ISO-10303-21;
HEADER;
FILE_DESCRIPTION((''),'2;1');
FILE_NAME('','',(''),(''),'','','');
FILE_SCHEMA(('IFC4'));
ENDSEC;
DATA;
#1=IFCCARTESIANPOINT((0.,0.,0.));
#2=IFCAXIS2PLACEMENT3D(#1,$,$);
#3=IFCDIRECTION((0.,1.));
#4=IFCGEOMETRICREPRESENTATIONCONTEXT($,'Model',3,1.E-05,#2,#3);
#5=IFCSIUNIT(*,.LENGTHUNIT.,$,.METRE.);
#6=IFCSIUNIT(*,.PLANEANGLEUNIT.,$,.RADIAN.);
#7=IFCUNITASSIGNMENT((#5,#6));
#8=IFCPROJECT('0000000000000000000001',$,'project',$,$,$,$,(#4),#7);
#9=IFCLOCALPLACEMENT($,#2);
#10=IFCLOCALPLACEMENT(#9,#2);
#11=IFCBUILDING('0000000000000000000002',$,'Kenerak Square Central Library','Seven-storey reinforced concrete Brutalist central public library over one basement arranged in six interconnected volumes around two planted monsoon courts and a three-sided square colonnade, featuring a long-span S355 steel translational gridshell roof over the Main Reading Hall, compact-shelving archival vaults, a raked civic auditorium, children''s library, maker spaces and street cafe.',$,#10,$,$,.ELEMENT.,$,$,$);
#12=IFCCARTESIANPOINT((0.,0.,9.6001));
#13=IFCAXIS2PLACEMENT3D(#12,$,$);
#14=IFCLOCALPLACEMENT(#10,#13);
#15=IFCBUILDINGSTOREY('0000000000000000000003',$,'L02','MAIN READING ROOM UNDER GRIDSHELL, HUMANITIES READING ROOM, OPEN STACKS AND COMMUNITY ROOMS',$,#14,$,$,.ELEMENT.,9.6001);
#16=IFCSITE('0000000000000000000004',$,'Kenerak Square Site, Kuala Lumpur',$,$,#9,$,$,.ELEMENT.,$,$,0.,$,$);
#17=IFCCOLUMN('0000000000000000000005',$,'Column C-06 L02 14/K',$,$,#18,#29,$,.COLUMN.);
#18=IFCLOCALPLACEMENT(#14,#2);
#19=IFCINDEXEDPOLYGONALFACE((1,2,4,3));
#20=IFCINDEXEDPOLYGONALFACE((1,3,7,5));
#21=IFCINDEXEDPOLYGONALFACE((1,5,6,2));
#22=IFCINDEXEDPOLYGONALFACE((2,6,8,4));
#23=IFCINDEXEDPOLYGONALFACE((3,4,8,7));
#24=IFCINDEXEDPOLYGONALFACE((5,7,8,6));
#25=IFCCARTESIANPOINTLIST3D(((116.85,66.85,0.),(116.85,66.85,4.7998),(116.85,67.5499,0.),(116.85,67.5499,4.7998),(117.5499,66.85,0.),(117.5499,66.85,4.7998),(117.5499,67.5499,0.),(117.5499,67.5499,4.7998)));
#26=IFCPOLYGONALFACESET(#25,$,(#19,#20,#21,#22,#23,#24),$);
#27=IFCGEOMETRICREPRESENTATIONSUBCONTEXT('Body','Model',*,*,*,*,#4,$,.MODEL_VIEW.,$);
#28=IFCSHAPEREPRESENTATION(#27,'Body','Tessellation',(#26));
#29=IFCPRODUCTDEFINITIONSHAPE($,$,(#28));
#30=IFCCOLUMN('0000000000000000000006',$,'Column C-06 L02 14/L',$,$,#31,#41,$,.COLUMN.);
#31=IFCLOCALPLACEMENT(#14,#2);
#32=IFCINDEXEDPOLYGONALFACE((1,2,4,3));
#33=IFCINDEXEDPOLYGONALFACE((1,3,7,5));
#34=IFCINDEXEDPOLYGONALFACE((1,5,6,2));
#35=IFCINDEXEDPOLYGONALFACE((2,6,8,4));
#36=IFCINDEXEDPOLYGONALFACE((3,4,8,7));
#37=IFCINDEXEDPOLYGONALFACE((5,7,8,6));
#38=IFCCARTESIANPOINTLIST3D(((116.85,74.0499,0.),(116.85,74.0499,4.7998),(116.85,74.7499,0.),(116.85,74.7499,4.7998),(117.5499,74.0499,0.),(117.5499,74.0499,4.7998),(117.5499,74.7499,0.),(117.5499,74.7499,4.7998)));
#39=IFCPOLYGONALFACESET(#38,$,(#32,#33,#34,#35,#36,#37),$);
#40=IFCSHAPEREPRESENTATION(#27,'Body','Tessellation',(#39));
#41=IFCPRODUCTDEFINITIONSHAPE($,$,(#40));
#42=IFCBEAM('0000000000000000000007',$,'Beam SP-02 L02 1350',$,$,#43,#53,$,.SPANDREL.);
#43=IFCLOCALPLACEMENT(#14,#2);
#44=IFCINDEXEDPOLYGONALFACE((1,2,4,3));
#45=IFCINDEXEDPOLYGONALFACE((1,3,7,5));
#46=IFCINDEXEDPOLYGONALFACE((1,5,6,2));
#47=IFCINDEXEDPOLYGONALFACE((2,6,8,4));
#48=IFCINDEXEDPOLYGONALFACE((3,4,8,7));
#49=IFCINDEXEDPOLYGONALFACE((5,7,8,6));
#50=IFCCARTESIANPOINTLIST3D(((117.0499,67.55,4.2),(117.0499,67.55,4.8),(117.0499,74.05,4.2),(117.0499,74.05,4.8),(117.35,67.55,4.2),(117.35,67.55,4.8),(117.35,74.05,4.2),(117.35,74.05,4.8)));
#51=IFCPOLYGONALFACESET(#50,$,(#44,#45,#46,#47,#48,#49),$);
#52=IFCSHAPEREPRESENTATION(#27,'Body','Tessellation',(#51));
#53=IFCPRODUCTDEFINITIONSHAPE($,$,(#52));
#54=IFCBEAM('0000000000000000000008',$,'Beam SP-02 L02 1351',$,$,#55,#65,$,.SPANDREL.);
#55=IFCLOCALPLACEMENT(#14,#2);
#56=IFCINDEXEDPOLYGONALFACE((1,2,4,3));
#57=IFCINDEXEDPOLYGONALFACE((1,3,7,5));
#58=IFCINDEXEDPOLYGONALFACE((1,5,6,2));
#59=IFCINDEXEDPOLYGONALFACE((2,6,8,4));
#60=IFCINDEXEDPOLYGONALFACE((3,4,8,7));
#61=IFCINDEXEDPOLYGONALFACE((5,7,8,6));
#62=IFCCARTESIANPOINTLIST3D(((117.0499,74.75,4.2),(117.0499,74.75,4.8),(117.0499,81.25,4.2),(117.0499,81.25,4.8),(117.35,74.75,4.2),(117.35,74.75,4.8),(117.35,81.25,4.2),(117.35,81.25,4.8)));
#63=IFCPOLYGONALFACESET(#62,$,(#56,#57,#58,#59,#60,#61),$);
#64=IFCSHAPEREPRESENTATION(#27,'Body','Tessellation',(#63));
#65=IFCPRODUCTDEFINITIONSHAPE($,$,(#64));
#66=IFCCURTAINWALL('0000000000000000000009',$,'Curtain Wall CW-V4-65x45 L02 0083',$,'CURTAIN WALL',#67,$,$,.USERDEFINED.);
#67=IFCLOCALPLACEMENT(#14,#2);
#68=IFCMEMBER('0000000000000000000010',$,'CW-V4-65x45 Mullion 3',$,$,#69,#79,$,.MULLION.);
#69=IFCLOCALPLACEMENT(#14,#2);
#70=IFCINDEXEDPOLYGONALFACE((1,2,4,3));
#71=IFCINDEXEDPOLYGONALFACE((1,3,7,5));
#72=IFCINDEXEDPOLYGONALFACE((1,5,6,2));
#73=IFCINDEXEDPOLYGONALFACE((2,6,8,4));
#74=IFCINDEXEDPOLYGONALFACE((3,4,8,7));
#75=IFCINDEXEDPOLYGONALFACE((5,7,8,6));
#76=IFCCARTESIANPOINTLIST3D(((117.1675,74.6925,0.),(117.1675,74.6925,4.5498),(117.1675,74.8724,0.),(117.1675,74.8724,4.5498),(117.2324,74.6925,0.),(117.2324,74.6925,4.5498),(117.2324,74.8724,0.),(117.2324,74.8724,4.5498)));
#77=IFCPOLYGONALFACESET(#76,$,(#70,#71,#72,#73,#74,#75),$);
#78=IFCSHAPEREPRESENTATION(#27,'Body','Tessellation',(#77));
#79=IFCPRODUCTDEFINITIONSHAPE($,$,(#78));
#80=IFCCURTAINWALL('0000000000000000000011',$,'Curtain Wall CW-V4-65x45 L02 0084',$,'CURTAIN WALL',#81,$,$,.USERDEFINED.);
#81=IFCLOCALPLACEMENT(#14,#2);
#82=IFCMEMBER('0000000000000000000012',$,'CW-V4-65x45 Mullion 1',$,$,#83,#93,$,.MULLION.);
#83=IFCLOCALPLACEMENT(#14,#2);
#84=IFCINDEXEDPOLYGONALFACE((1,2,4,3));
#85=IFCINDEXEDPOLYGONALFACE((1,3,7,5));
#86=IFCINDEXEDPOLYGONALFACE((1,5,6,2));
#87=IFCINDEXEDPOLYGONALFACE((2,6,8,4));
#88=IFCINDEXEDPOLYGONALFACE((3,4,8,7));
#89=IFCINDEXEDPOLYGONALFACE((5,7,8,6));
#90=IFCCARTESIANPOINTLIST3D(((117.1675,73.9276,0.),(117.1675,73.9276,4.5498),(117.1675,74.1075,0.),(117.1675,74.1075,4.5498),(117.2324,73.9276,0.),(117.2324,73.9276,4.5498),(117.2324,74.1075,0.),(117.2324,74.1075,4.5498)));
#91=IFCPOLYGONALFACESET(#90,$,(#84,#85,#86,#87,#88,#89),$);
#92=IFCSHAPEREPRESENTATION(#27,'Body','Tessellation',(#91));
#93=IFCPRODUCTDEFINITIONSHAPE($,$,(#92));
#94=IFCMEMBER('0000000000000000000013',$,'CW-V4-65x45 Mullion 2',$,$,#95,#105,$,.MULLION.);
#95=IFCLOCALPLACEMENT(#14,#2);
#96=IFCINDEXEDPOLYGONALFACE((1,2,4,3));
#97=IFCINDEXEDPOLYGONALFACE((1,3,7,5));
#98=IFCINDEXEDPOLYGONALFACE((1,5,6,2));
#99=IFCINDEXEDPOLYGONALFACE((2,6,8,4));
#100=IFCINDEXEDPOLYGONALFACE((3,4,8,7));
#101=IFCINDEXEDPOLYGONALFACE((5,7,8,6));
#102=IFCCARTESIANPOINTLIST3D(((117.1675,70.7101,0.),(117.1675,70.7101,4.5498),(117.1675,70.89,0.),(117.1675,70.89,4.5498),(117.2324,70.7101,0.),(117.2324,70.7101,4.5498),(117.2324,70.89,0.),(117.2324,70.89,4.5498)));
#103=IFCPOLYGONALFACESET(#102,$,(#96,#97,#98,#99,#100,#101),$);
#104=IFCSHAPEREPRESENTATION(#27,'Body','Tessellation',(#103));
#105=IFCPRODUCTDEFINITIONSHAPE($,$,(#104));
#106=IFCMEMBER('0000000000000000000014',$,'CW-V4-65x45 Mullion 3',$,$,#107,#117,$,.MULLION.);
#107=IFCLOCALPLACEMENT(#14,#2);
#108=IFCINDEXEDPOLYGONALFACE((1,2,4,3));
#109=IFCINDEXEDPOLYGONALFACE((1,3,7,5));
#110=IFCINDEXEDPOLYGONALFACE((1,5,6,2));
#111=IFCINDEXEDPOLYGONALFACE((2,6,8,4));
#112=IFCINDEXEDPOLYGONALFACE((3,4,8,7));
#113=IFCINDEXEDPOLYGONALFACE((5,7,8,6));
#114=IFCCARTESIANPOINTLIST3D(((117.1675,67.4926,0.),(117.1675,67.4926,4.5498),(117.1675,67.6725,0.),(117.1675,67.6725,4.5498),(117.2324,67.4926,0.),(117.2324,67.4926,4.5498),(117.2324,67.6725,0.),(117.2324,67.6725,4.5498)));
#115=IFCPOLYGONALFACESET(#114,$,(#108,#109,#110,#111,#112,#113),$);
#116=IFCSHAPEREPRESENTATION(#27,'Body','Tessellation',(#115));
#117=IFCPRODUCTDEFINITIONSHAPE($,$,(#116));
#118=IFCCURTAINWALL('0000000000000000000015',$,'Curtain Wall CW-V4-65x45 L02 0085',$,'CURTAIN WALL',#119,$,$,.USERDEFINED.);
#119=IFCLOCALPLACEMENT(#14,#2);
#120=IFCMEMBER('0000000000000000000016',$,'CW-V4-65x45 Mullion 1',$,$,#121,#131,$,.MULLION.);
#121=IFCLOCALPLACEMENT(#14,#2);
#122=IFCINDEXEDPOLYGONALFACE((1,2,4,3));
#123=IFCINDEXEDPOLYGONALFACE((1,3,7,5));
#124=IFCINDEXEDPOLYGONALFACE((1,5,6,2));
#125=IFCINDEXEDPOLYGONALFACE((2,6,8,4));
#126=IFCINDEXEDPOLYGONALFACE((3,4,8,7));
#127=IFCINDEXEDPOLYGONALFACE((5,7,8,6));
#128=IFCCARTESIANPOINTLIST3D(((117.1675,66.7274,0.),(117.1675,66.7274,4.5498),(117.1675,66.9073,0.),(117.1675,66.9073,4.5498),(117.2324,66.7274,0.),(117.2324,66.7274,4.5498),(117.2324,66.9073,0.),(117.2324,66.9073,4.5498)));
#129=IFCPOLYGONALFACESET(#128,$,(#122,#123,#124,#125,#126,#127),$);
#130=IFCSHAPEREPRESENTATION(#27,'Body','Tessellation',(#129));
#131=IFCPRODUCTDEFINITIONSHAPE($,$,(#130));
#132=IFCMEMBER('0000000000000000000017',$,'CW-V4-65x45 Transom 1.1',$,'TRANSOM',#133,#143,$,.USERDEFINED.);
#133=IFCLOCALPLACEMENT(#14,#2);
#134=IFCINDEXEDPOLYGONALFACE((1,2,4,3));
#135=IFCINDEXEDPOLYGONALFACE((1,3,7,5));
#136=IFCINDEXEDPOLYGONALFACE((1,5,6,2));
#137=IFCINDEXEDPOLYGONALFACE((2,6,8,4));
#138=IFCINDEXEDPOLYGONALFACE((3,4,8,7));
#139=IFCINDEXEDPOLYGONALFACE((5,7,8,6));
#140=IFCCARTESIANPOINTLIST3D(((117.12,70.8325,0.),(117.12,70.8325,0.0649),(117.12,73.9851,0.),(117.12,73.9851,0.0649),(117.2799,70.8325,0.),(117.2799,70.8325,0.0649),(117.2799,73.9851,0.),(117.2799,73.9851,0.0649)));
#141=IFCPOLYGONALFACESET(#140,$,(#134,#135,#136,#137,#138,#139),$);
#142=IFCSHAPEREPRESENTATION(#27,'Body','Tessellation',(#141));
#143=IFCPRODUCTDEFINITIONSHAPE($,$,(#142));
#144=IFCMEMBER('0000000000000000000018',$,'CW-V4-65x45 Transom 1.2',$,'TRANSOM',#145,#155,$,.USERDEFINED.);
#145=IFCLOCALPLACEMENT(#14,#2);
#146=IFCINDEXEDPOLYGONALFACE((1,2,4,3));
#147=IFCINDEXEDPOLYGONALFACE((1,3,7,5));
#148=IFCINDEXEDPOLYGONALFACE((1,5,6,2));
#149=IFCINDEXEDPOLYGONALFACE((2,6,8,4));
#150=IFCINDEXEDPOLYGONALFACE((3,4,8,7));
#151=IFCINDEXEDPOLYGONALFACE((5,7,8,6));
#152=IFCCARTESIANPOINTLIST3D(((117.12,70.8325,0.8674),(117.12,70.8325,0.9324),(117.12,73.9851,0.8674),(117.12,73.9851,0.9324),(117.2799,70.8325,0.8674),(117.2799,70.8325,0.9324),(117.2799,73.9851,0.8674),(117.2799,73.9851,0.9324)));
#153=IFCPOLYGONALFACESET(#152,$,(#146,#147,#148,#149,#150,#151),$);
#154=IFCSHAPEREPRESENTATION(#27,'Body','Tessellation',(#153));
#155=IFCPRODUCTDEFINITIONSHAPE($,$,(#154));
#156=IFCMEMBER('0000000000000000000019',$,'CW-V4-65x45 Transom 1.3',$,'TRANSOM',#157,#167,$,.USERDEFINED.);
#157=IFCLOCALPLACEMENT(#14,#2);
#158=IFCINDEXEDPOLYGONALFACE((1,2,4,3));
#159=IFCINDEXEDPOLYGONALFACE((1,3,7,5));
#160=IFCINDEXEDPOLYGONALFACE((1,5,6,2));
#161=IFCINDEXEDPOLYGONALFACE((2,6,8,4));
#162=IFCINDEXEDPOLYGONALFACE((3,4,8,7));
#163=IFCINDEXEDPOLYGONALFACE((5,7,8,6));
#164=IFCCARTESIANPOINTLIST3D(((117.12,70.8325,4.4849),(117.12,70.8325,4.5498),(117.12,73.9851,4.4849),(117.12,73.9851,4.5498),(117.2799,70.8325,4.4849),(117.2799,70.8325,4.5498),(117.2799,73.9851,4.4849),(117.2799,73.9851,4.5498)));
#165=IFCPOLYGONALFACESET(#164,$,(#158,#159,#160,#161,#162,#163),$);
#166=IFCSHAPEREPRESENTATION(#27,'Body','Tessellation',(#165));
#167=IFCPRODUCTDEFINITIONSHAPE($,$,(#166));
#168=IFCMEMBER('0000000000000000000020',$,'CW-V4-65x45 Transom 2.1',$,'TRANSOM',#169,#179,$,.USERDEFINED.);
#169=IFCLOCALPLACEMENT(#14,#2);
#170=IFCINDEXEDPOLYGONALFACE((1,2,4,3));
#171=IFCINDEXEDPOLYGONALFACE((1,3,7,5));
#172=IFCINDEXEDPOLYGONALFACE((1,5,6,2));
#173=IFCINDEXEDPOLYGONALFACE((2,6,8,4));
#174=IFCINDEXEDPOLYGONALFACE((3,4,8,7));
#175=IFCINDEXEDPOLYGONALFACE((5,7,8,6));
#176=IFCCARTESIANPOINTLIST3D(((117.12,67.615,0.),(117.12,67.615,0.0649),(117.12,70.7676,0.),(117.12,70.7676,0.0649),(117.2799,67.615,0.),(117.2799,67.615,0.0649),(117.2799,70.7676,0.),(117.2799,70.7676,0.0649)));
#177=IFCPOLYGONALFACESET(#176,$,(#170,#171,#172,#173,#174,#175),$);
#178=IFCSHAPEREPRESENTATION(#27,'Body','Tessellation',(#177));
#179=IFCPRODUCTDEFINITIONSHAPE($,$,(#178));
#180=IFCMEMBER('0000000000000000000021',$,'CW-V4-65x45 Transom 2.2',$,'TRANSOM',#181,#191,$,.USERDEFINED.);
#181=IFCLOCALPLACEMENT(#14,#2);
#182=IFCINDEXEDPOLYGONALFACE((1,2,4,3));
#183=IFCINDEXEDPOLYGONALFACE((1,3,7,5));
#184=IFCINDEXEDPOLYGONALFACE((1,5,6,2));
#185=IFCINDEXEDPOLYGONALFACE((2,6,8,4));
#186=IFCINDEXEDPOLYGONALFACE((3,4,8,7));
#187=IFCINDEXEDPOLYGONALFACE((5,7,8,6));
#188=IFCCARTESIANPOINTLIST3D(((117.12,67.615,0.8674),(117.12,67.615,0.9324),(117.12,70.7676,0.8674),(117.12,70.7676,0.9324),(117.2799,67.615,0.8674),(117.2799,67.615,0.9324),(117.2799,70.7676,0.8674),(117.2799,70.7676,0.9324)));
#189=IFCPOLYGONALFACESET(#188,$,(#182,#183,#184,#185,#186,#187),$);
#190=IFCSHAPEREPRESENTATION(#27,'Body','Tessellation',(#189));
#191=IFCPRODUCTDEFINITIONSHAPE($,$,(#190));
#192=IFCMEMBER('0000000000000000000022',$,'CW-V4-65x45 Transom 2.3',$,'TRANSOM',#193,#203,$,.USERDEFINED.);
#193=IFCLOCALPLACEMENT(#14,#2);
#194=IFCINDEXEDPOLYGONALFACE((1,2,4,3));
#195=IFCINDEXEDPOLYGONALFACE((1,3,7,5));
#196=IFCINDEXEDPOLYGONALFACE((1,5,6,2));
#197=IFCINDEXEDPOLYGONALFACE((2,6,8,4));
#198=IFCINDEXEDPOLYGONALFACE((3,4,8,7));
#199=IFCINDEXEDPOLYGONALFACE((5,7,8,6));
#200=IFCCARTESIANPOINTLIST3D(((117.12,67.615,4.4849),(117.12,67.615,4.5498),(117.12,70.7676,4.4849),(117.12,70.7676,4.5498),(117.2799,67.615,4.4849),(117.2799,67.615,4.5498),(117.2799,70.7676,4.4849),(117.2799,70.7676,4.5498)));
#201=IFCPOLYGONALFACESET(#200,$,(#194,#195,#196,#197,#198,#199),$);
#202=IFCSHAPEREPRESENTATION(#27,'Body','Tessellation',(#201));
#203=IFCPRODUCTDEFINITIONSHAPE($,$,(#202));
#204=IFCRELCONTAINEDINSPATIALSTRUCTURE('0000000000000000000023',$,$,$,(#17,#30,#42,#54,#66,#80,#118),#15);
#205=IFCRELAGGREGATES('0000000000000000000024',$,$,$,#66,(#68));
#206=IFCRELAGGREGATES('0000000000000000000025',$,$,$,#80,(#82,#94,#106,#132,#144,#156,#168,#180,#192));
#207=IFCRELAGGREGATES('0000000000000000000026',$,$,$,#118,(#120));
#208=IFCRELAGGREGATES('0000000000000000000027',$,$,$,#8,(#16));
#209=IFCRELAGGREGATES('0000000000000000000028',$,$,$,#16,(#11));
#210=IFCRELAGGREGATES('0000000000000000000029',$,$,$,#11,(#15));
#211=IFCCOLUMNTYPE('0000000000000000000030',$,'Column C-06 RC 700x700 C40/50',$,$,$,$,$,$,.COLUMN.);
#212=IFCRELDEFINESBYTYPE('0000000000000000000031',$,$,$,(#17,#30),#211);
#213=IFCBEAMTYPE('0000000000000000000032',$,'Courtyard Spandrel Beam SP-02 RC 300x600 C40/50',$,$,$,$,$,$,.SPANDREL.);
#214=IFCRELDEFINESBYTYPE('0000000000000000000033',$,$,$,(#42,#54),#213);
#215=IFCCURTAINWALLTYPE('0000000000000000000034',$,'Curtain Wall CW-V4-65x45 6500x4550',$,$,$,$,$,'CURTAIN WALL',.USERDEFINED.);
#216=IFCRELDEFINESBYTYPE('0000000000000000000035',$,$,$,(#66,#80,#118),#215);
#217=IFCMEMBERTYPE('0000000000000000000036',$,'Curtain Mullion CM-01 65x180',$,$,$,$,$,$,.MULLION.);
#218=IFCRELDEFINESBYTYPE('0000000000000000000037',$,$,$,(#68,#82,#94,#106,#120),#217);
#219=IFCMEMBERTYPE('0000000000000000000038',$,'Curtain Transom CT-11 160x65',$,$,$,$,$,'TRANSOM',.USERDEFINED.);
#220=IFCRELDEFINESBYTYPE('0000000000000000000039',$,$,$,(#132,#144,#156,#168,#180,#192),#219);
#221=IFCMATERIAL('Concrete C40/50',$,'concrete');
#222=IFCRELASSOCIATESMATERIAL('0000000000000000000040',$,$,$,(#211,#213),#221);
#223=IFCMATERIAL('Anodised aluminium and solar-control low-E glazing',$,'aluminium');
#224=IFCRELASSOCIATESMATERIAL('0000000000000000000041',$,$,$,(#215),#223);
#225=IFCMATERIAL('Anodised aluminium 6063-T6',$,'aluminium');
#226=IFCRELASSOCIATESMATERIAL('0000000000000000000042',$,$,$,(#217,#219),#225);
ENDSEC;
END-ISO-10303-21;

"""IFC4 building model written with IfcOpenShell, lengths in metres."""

from ifc_helpers import new_model, si_unit, direction, frame, origin, origin_2d, place, context, subcontext, project, spatial, rectangle, extrude, material, material_profile, profile_set, type_object, element, aggregate, save


model = new_model("IFC4")

# Units and contexts
model_context = context("Model", 3, precision=1e-05, world=origin(), true_north=direction((0.0, 1.0)))
body_context = subcontext(model_context, "Body", "Model", "MODEL_VIEW")
ifc_project = project(units=[si_unit("LENGTHUNIT", "METRE"), si_unit("PLANEANGLEUNIT", "RADIAN")], contexts=[model_context])

# Site, building, storey
site_placement = place(None, origin())
site = spatial("IfcSite", under=ifc_project, at=site_placement, Name="Kenerak Square Site, Kuala Lumpur", CompositionType="ELEMENT", RefElevation=0.0)
building_placement = place(site_placement, origin())
building = spatial("IfcBuilding", under=site, at=building_placement, Name="Kenerak Square Central Library", Description="Seven-storey reinforced concrete Brutalist central public library over one basement arranged in six interconnected volumes around two planted monsoon courts and a three-sided square colonnade, featuring a long-span S355 steel translational gridshell roof over the Main Reading Hall, compact-shelving archival vaults, a raked civic auditorium, children's library, maker spaces and street cafe.", CompositionType="ELEMENT")
storey_placement = place(building_placement, frame((0.0, 0.0, 9.6001)))
storey = spatial("IfcBuildingStorey", under=building, at=storey_placement, Name="L02", Description="MAIN READING ROOM UNDER GRIDSHELL, HUMANITIES READING ROOM, OPEN STACKS AND COMMUNITY ROOMS", CompositionType="ELEMENT", Elevation=9.6001)

# Columns
ifc_material_1 = material(Name="Concrete C40/50", Category="concrete")
ifc_material_profile_1 = material_profile(ifc_material_1, rectangle(XDim=0.7, YDim=0.7, at=origin_2d()), Name="RC 700x700")
ifc_profile_set_1 = profile_set([ifc_material_profile_1], Name="Concrete C40/50")
column_type = type_object("IfcColumnType", Name="Column C-06 RC 700x700 C40/50", PredefinedType="COLUMN", material=ifc_profile_set_1)
for number, where, z_axis, x_axis, name in (
    (1, (117.2, 67.2, 0.0), (0.0, 0.0, 1.0), (1.0, 0.0, 0.0), "Column C-06 L02 14/K"),
    (2, (117.2, 74.3999, 0.0), (0.0, 0.0, 1.0), (1.0, 0.0, 0.0), "Column C-06 L02 14/L"),
):
    element("IfcColumn", number, at=place(storey_placement, frame(where, z_axis=z_axis, x_axis=x_axis)), inside=storey, type_object=column_type, Name=name, PredefinedType="COLUMN", context=body_context, shape_type="SweptSolid", body=[
        extrude(rectangle(XDim=0.7, YDim=0.7, at=origin_2d()), origin(), (0.0, 0.0, 1.0), 4.7998),
    ])

# Beams
ifc_material_profile_2 = material_profile(ifc_material_1, rectangle(XDim=0.3, YDim=0.6001, at=origin_2d()), Name="RC 300x600")
ifc_profile_set_2 = profile_set([ifc_material_profile_2], Name="Concrete C40/50")
beam_type = type_object("IfcBeamType", Name="Courtyard Spandrel Beam SP-02 RC 300x600 C40/50", PredefinedType="SPANDREL", material=ifc_profile_set_2)
for number, where, z_axis, x_axis, name in (
    (3, (117.2, 67.55, 4.5), (0.0, 1.0, 0.0), (-1.0, 0.0, 0.0), "Beam SP-02 L02 1350"),
    (4, (117.2, 74.75, 4.5), (0.0, 1.0, 0.0), (-1.0, 0.0, 0.0), "Beam SP-02 L02 1351"),
):
    element("IfcBeam", number, at=place(storey_placement, frame(where, z_axis=z_axis, x_axis=x_axis)), inside=storey, type_object=beam_type, Name=name, PredefinedType="SPANDREL", context=body_context, shape_type="SweptSolid", body=[
        extrude(rectangle(XDim=0.3, YDim=0.6001, at=origin_2d()), origin(), (0.0, 0.0, 1.0), 6.5),
    ])

# Curtain wall, member
ifc_material_2 = material(Name="Anodised aluminium and solar-control low-E glazing", Category="aluminium")
curtain_wall_type = type_object("IfcCurtainWallType", Name="Curtain Wall CW-V4-65x45 6500x4550", ElementType="CURTAIN WALL", PredefinedType="USERDEFINED", material=ifc_material_2)
curtain_wall_1_placement = place(storey_placement, origin())
curtain_wall_1 = element("IfcCurtainWall", 5, at=curtain_wall_1_placement, inside=storey, type_object=curtain_wall_type, Name="Curtain Wall CW-V4-65x45 L02 0083", ObjectType="CURTAIN WALL", PredefinedType="USERDEFINED")
ifc_material_3 = material(Name="Anodised aluminium 6063-T6", Category="aluminium")
ifc_material_profile_3 = material_profile(ifc_material_3, rectangle(XDim=0.0649, YDim=0.1799, at=origin_2d()), Name="AL MULLION 65x180")
ifc_profile_set_3 = profile_set([ifc_material_profile_3], Name="Anodised aluminium 6063-T6")
member_type_1 = type_object("IfcMemberType", Name="Curtain Mullion CM-01 65x180", PredefinedType="MULLION", material=ifc_profile_set_3)
member_1_placement = place(storey_placement, frame((117.2, 74.7825, 0.0), z_axis=(0.0, 0.0, 1.0), x_axis=(1.0, 0.0, 0.0)))
member_1 = element("IfcMember", 6, at=member_1_placement, type_object=member_type_1, Name="CW-V4-65x45 Mullion 3", PredefinedType="MULLION", context=body_context, shape_type="SweptSolid", body=[
    extrude(rectangle(XDim=0.0649, YDim=0.1799, at=origin_2d()), origin(), (0.0, 0.0, 1.0), 4.5498),
])
aggregate(curtain_wall_1, [member_1])

# Curtain wall, members
curtain_wall_2_placement = place(storey_placement, origin())
curtain_wall_2 = element("IfcCurtainWall", 7, at=curtain_wall_2_placement, inside=storey, type_object=curtain_wall_type, Name="Curtain Wall CW-V4-65x45 L02 0084", ObjectType="CURTAIN WALL", PredefinedType="USERDEFINED")
member_2_placement = place(storey_placement, frame((117.2, 74.0176, 0.0), z_axis=(0.0, 0.0, 1.0), x_axis=(1.0, 0.0, 0.0)))
member_2 = element("IfcMember", 8, at=member_2_placement, type_object=member_type_1, Name="CW-V4-65x45 Mullion 1", PredefinedType="MULLION", context=body_context, shape_type="SweptSolid", body=[
    extrude(rectangle(XDim=0.0649, YDim=0.1799, at=origin_2d()), origin(), (0.0, 0.0, 1.0), 4.5498),
])
member_3_placement = place(storey_placement, frame((117.2, 70.8, 0.0), z_axis=(0.0, 0.0, 1.0), x_axis=(1.0, 0.0, 0.0)))
member_3 = element("IfcMember", 9, at=member_3_placement, type_object=member_type_1, Name="CW-V4-65x45 Mullion 2", PredefinedType="MULLION", context=body_context, shape_type="SweptSolid", body=[
    extrude(rectangle(XDim=0.0649, YDim=0.1799, at=origin_2d()), origin(), (0.0, 0.0, 1.0), 4.5498),
])
member_4_placement = place(storey_placement, frame((117.2, 67.5825, 0.0), z_axis=(0.0, 0.0, 1.0), x_axis=(1.0, 0.0, 0.0)))
member_4 = element("IfcMember", 10, at=member_4_placement, type_object=member_type_1, Name="CW-V4-65x45 Mullion 3", PredefinedType="MULLION", context=body_context, shape_type="SweptSolid", body=[
    extrude(rectangle(XDim=0.0649, YDim=0.1799, at=origin_2d()), origin(), (0.0, 0.0, 1.0), 4.5498),
])

# Curtain wall, member
curtain_wall_3_placement = place(storey_placement, origin())
curtain_wall_3 = element("IfcCurtainWall", 11, at=curtain_wall_3_placement, inside=storey, type_object=curtain_wall_type, Name="Curtain Wall CW-V4-65x45 L02 0085", ObjectType="CURTAIN WALL", PredefinedType="USERDEFINED")
member_5_placement = place(storey_placement, frame((117.2, 66.8174, 0.0), z_axis=(0.0, 0.0, 1.0), x_axis=(1.0, 0.0, 0.0)))
member_5 = element("IfcMember", 12, at=member_5_placement, type_object=member_type_1, Name="CW-V4-65x45 Mullion 1", PredefinedType="MULLION", context=body_context, shape_type="SweptSolid", body=[
    extrude(rectangle(XDim=0.0649, YDim=0.1799, at=origin_2d()), origin(), (0.0, 0.0, 1.0), 4.5498),
])

# Members
ifc_material_profile_4 = material_profile(ifc_material_3, rectangle(XDim=0.1599, YDim=0.0649, at=origin_2d()), Name="AL TRANSOM 160x65")
ifc_profile_set_4 = profile_set([ifc_material_profile_4], Name="Anodised aluminium 6063-T6")
member_type_2 = type_object("IfcMemberType", Name="Curtain Transom CT-11 160x65", ElementType="TRANSOM", PredefinedType="USERDEFINED", material=ifc_profile_set_4)
member_6_placement = place(storey_placement, frame((117.2, 73.9851, 0.0325), z_axis=(0.0, -1.0, 0.0), x_axis=(1.0, 0.0, 0.0)))
member_6 = element("IfcMember", 13, at=member_6_placement, type_object=member_type_2, Name="CW-V4-65x45 Transom 1.1", ObjectType="TRANSOM", PredefinedType="USERDEFINED", context=body_context, shape_type="SweptSolid", body=[
    extrude(rectangle(XDim=0.1599, YDim=0.0649, at=origin_2d()), origin(), (0.0, 0.0, 1.0), 3.1526),
])
member_7_placement = place(storey_placement, frame((117.2, 73.9851, 0.8999), z_axis=(0.0, -1.0, 0.0), x_axis=(1.0, 0.0, 0.0)))
member_7 = element("IfcMember", 14, at=member_7_placement, type_object=member_type_2, Name="CW-V4-65x45 Transom 1.2", ObjectType="TRANSOM", PredefinedType="USERDEFINED", context=body_context, shape_type="SweptSolid", body=[
    extrude(rectangle(XDim=0.1599, YDim=0.0649, at=origin_2d()), origin(), (0.0, 0.0, 1.0), 3.1526),
])
member_8_placement = place(storey_placement, frame((117.2, 73.9851, 4.5173), z_axis=(0.0, -1.0, 0.0), x_axis=(1.0, 0.0, 0.0)))
member_8 = element("IfcMember", 15, at=member_8_placement, type_object=member_type_2, Name="CW-V4-65x45 Transom 1.3", ObjectType="TRANSOM", PredefinedType="USERDEFINED", context=body_context, shape_type="SweptSolid", body=[
    extrude(rectangle(XDim=0.1599, YDim=0.0649, at=origin_2d()), origin(), (0.0, 0.0, 1.0), 3.1526),
])
member_9_placement = place(storey_placement, frame((117.2, 70.7676, 0.0325), z_axis=(0.0, -1.0, 0.0), x_axis=(1.0, 0.0, 0.0)))
member_9 = element("IfcMember", 16, at=member_9_placement, type_object=member_type_2, Name="CW-V4-65x45 Transom 2.1", ObjectType="TRANSOM", PredefinedType="USERDEFINED", context=body_context, shape_type="SweptSolid", body=[
    extrude(rectangle(XDim=0.1599, YDim=0.0649, at=origin_2d()), origin(), (0.0, 0.0, 1.0), 3.1526),
])
member_10_placement = place(storey_placement, frame((117.2, 70.7676, 0.8999), z_axis=(0.0, -1.0, 0.0), x_axis=(1.0, 0.0, 0.0)))
member_10 = element("IfcMember", 17, at=member_10_placement, type_object=member_type_2, Name="CW-V4-65x45 Transom 2.2", ObjectType="TRANSOM", PredefinedType="USERDEFINED", context=body_context, shape_type="SweptSolid", body=[
    extrude(rectangle(XDim=0.1599, YDim=0.0649, at=origin_2d()), origin(), (0.0, 0.0, 1.0), 3.1526),
])
member_11_placement = place(storey_placement, frame((117.2, 70.7676, 4.5173), z_axis=(0.0, -1.0, 0.0), x_axis=(1.0, 0.0, 0.0)))
member_11 = element("IfcMember", 18, at=member_11_placement, type_object=member_type_2, Name="CW-V4-65x45 Transom 2.3", ObjectType="TRANSOM", PredefinedType="USERDEFINED", context=body_context, shape_type="SweptSolid", body=[
    extrude(rectangle(XDim=0.1599, YDim=0.0649, at=origin_2d()), origin(), (0.0, 0.0, 1.0), 3.1526),
])

aggregate(curtain_wall_2, [member_2, member_3, member_4, member_6, member_7, member_8, member_9, member_10, member_11])
aggregate(curtain_wall_3, [member_5])

save(model, "model.ifc")
